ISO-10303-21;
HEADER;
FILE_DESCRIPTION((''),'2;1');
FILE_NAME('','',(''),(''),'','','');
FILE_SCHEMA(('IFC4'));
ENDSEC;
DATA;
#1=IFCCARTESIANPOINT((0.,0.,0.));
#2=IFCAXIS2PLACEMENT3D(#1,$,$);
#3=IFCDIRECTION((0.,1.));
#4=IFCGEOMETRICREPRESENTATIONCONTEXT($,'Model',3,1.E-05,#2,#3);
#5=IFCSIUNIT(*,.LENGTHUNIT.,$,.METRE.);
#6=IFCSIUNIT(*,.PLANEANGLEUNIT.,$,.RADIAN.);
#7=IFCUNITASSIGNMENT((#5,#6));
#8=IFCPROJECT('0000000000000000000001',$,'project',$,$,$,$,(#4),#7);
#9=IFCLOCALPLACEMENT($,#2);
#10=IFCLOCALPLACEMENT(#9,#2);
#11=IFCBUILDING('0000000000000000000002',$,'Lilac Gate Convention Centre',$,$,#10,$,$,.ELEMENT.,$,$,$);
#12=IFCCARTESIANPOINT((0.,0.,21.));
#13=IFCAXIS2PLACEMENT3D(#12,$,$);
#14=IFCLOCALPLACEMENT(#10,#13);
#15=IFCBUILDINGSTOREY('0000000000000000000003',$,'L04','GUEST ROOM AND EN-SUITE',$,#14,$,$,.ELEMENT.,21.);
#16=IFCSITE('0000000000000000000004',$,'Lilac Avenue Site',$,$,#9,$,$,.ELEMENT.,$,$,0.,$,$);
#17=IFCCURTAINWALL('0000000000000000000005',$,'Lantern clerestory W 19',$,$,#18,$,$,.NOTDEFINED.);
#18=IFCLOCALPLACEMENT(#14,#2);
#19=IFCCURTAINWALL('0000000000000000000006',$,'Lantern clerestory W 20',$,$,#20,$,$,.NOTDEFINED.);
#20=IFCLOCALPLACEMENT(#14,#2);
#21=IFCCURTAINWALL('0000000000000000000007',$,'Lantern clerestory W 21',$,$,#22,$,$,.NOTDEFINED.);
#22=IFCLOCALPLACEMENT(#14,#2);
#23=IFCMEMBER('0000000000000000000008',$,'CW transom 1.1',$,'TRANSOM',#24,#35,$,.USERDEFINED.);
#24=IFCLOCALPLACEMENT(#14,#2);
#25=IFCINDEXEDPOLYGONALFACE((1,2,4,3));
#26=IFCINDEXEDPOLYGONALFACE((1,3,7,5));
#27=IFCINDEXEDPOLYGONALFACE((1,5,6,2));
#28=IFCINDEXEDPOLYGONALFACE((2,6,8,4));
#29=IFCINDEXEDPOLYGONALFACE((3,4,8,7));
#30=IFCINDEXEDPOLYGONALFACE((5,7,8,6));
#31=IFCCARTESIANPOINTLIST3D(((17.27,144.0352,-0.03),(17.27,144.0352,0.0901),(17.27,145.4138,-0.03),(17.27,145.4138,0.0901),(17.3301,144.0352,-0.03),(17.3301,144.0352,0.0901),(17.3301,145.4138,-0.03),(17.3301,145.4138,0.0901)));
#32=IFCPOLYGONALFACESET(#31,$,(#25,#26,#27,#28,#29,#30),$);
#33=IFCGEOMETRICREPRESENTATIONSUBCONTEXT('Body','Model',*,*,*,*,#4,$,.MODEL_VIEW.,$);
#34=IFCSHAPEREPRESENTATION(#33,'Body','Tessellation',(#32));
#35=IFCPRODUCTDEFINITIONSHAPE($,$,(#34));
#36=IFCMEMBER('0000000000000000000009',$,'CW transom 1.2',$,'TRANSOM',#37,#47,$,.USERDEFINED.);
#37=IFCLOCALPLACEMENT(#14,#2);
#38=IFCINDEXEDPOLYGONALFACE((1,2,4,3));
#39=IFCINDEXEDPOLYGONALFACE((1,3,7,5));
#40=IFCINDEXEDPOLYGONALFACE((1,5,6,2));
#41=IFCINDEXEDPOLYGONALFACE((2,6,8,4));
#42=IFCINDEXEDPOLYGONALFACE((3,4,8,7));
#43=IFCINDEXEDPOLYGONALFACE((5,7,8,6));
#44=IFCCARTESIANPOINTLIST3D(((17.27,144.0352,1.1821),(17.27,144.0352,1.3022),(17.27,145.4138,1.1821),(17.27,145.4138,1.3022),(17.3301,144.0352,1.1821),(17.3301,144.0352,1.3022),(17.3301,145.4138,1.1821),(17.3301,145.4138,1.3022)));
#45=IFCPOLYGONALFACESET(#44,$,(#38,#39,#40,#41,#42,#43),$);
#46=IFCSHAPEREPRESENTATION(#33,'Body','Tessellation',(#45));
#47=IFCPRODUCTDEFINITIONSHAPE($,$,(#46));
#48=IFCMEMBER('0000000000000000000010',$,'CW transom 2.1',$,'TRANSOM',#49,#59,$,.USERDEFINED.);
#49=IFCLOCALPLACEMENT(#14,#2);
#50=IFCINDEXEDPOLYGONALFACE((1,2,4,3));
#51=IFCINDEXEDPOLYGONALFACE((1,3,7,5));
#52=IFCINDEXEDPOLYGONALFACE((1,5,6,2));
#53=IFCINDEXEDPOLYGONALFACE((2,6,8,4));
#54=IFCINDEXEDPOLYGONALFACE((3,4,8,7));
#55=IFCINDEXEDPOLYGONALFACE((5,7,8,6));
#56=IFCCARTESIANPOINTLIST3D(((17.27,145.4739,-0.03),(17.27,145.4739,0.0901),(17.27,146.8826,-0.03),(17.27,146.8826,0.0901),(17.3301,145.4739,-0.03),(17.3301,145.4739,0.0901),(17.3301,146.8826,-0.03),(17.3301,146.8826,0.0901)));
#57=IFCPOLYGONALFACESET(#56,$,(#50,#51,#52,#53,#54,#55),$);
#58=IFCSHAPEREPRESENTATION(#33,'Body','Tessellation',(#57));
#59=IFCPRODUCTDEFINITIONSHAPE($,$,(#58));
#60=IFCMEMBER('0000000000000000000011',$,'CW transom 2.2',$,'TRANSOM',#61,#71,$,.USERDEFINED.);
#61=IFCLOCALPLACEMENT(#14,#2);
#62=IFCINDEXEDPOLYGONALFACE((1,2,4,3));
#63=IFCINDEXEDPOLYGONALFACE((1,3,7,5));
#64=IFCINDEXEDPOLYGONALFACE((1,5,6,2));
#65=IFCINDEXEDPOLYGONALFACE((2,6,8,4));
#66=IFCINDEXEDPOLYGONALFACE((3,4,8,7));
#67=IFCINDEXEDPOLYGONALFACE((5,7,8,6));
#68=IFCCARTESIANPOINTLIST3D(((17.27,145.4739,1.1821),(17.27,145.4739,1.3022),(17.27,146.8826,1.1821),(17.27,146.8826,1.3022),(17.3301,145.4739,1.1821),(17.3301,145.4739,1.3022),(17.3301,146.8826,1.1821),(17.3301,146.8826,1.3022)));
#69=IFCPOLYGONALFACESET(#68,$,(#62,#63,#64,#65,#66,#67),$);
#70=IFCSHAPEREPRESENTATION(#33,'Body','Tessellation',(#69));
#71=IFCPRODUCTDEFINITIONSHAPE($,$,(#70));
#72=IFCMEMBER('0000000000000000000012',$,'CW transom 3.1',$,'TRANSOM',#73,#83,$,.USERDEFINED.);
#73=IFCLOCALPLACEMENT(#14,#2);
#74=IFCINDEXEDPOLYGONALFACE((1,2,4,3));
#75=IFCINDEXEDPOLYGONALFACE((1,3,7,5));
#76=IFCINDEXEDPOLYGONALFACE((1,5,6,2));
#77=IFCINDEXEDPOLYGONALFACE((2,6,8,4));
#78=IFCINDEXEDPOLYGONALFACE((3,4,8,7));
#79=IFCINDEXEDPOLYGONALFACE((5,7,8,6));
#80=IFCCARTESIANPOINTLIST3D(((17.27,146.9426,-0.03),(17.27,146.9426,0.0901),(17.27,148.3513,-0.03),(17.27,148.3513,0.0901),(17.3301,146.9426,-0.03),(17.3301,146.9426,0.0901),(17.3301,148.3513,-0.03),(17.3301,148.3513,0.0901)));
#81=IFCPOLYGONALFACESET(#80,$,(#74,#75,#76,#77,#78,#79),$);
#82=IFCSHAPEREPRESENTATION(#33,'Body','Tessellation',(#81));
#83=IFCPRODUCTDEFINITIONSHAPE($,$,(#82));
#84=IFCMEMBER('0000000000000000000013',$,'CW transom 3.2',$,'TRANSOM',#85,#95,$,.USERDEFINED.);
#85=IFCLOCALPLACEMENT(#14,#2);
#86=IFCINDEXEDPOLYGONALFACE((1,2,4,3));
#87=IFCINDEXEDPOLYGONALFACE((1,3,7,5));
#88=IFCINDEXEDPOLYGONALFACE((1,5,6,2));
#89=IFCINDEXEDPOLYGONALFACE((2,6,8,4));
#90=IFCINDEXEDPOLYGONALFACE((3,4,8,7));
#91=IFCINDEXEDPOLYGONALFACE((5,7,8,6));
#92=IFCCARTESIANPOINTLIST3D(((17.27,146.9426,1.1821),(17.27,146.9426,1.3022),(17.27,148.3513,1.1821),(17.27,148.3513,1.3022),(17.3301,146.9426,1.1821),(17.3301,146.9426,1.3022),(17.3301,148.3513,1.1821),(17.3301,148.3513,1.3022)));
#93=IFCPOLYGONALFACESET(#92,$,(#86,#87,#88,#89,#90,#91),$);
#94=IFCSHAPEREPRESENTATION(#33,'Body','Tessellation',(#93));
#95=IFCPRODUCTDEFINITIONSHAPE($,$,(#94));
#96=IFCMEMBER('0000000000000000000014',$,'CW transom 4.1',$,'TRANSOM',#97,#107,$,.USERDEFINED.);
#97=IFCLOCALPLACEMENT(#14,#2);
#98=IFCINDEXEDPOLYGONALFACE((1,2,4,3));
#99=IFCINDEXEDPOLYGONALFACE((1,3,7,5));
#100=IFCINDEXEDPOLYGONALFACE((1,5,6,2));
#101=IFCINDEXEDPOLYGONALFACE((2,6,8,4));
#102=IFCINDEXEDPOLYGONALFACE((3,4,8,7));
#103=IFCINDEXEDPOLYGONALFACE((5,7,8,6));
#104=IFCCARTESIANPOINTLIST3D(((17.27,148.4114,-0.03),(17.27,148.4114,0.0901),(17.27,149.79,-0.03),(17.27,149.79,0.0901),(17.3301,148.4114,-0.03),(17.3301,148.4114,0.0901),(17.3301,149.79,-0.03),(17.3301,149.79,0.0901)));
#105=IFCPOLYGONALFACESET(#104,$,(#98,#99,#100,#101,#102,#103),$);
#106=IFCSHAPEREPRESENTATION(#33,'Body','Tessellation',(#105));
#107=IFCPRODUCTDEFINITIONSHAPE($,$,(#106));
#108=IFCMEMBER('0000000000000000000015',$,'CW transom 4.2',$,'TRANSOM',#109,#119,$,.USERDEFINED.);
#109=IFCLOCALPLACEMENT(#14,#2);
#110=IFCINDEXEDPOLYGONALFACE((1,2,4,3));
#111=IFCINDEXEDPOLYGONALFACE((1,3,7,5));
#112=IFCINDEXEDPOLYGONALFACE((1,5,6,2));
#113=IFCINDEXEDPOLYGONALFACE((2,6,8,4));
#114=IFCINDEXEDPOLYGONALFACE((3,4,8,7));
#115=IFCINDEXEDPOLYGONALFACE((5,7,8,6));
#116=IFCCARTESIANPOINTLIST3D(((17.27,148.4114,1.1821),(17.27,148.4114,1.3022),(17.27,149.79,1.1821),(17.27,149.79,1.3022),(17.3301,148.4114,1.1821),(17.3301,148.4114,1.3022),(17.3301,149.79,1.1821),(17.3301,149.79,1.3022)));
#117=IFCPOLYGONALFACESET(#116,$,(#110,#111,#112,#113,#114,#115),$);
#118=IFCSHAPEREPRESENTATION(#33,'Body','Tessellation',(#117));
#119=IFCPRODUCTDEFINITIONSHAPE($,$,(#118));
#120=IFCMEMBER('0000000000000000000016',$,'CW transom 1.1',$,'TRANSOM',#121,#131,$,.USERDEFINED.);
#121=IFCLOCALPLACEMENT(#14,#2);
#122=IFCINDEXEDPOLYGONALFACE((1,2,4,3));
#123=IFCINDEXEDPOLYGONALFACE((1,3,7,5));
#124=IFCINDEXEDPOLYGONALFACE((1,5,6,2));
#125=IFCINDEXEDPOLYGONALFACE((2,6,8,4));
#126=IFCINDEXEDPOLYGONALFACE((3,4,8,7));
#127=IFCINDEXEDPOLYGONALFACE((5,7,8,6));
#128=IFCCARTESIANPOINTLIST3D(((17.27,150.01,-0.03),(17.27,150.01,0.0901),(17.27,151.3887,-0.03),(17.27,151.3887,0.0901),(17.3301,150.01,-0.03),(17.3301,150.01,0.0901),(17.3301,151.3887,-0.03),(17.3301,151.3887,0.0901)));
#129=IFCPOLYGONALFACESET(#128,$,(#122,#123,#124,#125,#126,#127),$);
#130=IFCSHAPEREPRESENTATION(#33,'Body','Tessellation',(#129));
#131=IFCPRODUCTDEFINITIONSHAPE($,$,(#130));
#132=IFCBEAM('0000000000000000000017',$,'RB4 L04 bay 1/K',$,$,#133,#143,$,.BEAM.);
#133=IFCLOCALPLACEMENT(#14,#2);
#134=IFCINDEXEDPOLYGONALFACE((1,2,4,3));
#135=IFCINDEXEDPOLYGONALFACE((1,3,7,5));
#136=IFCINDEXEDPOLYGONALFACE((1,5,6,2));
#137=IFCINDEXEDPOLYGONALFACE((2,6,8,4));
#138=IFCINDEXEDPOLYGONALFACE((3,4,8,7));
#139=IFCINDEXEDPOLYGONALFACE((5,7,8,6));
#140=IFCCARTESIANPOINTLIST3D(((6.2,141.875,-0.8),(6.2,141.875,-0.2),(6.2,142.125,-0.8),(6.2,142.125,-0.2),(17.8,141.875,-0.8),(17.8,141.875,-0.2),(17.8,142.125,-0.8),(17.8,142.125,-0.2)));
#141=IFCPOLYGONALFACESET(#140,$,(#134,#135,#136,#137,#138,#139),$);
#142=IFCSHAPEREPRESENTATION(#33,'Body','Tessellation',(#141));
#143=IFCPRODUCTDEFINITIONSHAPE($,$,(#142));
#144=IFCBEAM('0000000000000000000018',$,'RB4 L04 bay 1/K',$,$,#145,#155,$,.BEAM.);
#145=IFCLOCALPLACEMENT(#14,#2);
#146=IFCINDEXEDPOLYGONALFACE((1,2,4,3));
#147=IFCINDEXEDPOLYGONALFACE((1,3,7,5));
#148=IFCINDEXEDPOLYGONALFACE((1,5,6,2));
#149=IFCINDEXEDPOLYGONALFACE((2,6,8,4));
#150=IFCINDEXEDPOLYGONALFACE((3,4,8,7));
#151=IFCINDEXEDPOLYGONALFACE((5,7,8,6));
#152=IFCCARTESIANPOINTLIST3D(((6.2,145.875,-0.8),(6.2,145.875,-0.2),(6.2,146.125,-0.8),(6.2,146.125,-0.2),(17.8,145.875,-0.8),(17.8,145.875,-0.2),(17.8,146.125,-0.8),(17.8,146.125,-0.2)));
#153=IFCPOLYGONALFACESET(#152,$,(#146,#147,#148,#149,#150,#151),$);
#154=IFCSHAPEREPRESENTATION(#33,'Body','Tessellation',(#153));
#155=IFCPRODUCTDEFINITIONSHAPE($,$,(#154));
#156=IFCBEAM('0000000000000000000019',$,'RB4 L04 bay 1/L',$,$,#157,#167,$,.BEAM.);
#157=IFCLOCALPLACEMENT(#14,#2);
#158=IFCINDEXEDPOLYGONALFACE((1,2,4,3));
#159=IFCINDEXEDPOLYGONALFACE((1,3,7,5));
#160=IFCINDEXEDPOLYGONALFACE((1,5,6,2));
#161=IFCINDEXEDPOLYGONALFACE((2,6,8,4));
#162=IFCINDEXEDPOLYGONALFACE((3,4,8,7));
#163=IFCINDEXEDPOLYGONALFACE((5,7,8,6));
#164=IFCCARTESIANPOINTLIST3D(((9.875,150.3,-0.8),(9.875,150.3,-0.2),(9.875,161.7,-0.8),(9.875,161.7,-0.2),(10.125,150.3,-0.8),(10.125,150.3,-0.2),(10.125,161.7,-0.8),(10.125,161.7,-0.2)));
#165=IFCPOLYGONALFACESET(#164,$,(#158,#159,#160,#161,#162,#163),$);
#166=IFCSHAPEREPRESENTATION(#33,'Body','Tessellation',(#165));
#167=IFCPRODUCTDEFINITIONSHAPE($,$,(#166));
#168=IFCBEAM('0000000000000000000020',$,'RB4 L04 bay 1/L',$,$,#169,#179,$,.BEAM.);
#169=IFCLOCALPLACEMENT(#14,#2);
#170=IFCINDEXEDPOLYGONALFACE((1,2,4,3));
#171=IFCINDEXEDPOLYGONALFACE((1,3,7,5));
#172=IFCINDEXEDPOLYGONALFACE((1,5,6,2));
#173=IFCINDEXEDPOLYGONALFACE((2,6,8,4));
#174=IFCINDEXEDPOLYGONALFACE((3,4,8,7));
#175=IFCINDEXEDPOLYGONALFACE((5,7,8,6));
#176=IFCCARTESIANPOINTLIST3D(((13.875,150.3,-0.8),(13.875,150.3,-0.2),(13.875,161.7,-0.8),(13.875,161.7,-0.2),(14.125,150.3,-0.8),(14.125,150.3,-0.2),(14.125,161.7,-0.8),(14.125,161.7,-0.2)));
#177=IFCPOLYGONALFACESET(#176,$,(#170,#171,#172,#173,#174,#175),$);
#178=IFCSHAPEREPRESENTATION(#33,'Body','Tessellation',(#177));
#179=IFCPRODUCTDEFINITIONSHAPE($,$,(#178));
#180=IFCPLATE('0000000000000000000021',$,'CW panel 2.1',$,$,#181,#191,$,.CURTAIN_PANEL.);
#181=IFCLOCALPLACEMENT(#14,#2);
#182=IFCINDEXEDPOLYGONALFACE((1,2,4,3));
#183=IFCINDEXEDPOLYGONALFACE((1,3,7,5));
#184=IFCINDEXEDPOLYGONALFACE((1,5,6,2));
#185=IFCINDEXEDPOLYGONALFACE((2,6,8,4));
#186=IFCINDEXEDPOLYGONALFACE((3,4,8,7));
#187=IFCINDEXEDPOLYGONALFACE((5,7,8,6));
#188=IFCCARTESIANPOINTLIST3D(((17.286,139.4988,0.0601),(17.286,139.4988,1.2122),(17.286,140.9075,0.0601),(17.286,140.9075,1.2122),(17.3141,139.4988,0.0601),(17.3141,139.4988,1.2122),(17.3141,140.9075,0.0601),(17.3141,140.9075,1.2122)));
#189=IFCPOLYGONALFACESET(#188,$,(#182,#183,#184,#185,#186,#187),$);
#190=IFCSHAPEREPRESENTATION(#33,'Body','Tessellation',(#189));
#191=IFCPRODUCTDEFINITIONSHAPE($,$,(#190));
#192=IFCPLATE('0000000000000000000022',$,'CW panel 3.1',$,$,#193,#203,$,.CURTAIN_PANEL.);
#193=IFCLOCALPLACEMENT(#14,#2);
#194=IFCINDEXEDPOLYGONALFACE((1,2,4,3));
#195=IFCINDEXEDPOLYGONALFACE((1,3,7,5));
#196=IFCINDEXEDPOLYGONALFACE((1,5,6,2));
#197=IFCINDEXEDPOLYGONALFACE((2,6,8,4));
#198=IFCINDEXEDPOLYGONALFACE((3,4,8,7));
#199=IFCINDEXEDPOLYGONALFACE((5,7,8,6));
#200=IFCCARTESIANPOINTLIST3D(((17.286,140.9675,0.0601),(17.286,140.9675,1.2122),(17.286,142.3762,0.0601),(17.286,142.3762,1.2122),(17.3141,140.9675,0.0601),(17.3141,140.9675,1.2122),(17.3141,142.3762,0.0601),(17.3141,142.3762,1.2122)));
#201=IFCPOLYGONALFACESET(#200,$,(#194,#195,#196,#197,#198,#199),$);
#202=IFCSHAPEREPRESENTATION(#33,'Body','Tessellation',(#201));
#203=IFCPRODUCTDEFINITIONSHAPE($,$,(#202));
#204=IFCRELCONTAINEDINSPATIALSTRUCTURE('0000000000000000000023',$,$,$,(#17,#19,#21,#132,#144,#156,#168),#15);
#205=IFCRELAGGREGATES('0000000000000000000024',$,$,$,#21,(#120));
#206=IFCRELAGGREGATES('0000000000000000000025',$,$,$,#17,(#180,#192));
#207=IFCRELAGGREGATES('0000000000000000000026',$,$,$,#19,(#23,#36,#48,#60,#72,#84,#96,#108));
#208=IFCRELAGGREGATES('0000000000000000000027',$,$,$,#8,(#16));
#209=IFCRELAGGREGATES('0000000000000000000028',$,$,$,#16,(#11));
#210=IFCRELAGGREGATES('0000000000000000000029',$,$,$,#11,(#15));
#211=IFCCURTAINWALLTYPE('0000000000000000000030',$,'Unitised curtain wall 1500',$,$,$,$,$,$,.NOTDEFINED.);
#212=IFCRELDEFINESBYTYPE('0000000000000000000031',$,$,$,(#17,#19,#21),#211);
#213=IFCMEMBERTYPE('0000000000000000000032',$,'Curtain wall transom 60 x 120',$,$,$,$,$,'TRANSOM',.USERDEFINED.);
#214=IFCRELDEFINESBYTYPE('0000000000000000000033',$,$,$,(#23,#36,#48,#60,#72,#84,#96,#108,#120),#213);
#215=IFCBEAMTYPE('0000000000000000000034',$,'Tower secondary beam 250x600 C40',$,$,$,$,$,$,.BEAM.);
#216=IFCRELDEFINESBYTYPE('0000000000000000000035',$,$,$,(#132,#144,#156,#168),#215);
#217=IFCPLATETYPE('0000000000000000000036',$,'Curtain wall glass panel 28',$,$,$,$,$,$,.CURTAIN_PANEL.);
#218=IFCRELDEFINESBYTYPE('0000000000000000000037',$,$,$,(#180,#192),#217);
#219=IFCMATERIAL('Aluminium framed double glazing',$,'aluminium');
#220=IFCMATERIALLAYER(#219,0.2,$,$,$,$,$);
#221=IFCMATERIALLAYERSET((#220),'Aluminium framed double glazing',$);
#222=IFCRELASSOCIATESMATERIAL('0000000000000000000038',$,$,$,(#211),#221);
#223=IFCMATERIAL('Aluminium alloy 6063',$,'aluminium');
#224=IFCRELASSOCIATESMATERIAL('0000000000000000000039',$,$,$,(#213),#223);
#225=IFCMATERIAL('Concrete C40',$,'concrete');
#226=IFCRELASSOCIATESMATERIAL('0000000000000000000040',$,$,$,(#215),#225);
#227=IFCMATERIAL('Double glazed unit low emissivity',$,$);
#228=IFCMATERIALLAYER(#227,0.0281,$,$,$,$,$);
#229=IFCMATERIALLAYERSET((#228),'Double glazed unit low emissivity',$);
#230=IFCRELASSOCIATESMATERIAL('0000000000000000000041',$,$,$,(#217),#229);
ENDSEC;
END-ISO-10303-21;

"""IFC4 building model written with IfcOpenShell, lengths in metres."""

from ifc_helpers import new_model, si_unit, direction, frame, origin, origin_2d, place, context, subcontext, project, spatial, rectangle, extrude, material, layer, layer_set, material_profile, profile_set, type_object, element, aggregate, save


model = new_model("IFC4")

# Units and contexts
model_context = context("Model", 3, precision=1e-05, world=origin(), true_north=direction((0.0, 1.0)))
body_context = subcontext(model_context, "Body", "Model", "MODEL_VIEW")
ifc_project = project(units=[si_unit("LENGTHUNIT", "METRE"), si_unit("PLANEANGLEUNIT", "RADIAN")], contexts=[model_context])

# Site, building, storey
site_placement = place(None, origin())
site = spatial("IfcSite", under=ifc_project, at=site_placement, Name="Lilac Avenue Site", CompositionType="ELEMENT", RefElevation=0.0)
building_placement = place(site_placement, origin())
building = spatial("IfcBuilding", under=site, at=building_placement, Name="Lilac Gate Convention Centre", CompositionType="ELEMENT")
storey_placement = place(building_placement, frame((0.0, 0.0, 21.0)))
storey = spatial("IfcBuildingStorey", under=building, at=storey_placement, Name="L04", Description="GUEST ROOM AND EN-SUITE", CompositionType="ELEMENT", Elevation=21.0)

# Curtain walls
ifc_material_1 = material(Name="Aluminium framed double glazing", Category="aluminium")
ifc_layer_1 = layer(ifc_material_1, 0.2)
ifc_layer_set_1 = layer_set([ifc_layer_1], Name="Aluminium framed double glazing")
curtain_wall_type = type_object("IfcCurtainWallType", Name="Unitised curtain wall 1500", PredefinedType="NOTDEFINED", material=ifc_layer_set_1)
curtain_wall_1_placement = place(storey_placement, origin())
curtain_wall_1 = element("IfcCurtainWall", 1, at=curtain_wall_1_placement, inside=storey, type_object=curtain_wall_type, Name="Lantern clerestory W 19", PredefinedType="NOTDEFINED")
ifc_material_2 = material(Name="Aluminium alloy 6063", Category="aluminium")
curtain_wall_2_placement = place(storey_placement, origin())
curtain_wall_2 = element("IfcCurtainWall", 2, at=curtain_wall_2_placement, inside=storey, type_object=curtain_wall_type, Name="Lantern clerestory W 20", PredefinedType="NOTDEFINED")

# Curtain wall
curtain_wall_3_placement = place(storey_placement, origin())
curtain_wall_3 = element("IfcCurtainWall", 3, at=curtain_wall_3_placement, inside=storey, type_object=curtain_wall_type, Name="Lantern clerestory W 21", PredefinedType="NOTDEFINED")

# Members
ifc_material_profile_1 = material_profile(ifc_material_2, rectangle(XDim=0.0601, YDim=0.1201, at=origin_2d()), Name="Curtain wall transom 60 x 120")
ifc_profile_set_1 = profile_set([ifc_material_profile_1], Name="Aluminium alloy 6063")
member_type_1 = type_object("IfcMemberType", Name="Curtain wall transom 60 x 120", ElementType="TRANSOM", PredefinedType="USERDEFINED", material=ifc_profile_set_1)
member_1_placement = place(storey_placement, frame((17.3, 144.0352, 0.03), z_axis=(0.0, 1.0, 0.0), x_axis=(-1.0, 0.0, 0.0)))
member_1 = element("IfcMember", 4, at=member_1_placement, type_object=member_type_1, Name="CW transom 1.1", ObjectType="TRANSOM", PredefinedType="USERDEFINED", context=body_context, shape_type="SweptSolid", body=[
    extrude(rectangle(XDim=0.0601, YDim=0.1201, at=origin_2d()), origin(), (0.0, 0.0, 1.0), 1.3787),
])
member_2_placement = place(storey_placement, frame((17.3, 144.0352, 1.2422), z_axis=(0.0, 1.0, 0.0), x_axis=(-1.0, 0.0, 0.0)))
member_2 = element("IfcMember", 5, at=member_2_placement, type_object=member_type_1, Name="CW transom 1.2", ObjectType="TRANSOM", PredefinedType="USERDEFINED", context=body_context, shape_type="SweptSolid", body=[
    extrude(rectangle(XDim=0.0601, YDim=0.1201, at=origin_2d()), origin(), (0.0, 0.0, 1.0), 1.3787),
])
member_3_placement = place(storey_placement, frame((17.3, 145.4739, 0.03), z_axis=(0.0, 1.0, 0.0), x_axis=(-1.0, 0.0, 0.0)))
member_3 = element("IfcMember", 6, at=member_3_placement, type_object=member_type_1, Name="CW transom 2.1", ObjectType="TRANSOM", PredefinedType="USERDEFINED", context=body_context, shape_type="SweptSolid", body=[
    extrude(rectangle(XDim=0.0601, YDim=0.1201, at=origin_2d()), origin(), (0.0, 0.0, 1.0), 1.4087),
])
member_4_placement = place(storey_placement, frame((17.3, 145.4739, 1.2422), z_axis=(0.0, 1.0, 0.0), x_axis=(-1.0, 0.0, 0.0)))
member_4 = element("IfcMember", 7, at=member_4_placement, type_object=member_type_1, Name="CW transom 2.2", ObjectType="TRANSOM", PredefinedType="USERDEFINED", context=body_context, shape_type="SweptSolid", body=[
    extrude(rectangle(XDim=0.0601, YDim=0.1201, at=origin_2d()), origin(), (0.0, 0.0, 1.0), 1.4087),
])
member_5_placement = place(storey_placement, frame((17.3, 146.9426, 0.03), z_axis=(0.0, 1.0, 0.0), x_axis=(-1.0, 0.0, 0.0)))
member_5 = element("IfcMember", 8, at=member_5_placement, type_object=member_type_1, Name="CW transom 3.1", ObjectType="TRANSOM", PredefinedType="USERDEFINED", context=body_context, shape_type="SweptSolid", body=[
    extrude(rectangle(XDim=0.0601, YDim=0.1201, at=origin_2d()), origin(), (0.0, 0.0, 1.0), 1.4087),
])
member_6_placement = place(storey_placement, frame((17.3, 146.9426, 1.2422), z_axis=(0.0, 1.0, 0.0), x_axis=(-1.0, 0.0, 0.0)))
member_6 = element("IfcMember", 9, at=member_6_placement, type_object=member_type_1, Name="CW transom 3.2", ObjectType="TRANSOM", PredefinedType="USERDEFINED", context=body_context, shape_type="SweptSolid", body=[
    extrude(rectangle(XDim=0.0601, YDim=0.1201, at=origin_2d()), origin(), (0.0, 0.0, 1.0), 1.4087),
])
member_7_placement = place(storey_placement, frame((17.3, 148.4114, 0.03), z_axis=(0.0, 1.0, 0.0), x_axis=(-1.0, 0.0, 0.0)))
member_7 = element("IfcMember", 10, at=member_7_placement, type_object=member_type_1, Name="CW transom 4.1", ObjectType="TRANSOM", PredefinedType="USERDEFINED", context=body_context, shape_type="SweptSolid", body=[
    extrude(rectangle(XDim=0.0601, YDim=0.1201, at=origin_2d()), origin(), (0.0, 0.0, 1.0), 1.3787),
])
member_8_placement = place(storey_placement, frame((17.3, 148.4114, 1.2422), z_axis=(0.0, 1.0, 0.0), x_axis=(-1.0, 0.0, 0.0)))
member_8 = element("IfcMember", 11, at=member_8_placement, type_object=member_type_1, Name="CW transom 4.2", ObjectType="TRANSOM", PredefinedType="USERDEFINED", context=body_context, shape_type="SweptSolid", body=[
    extrude(rectangle(XDim=0.0601, YDim=0.1201, at=origin_2d()), origin(), (0.0, 0.0, 1.0), 1.3787),
])
member_9_placement = place(storey_placement, frame((17.3, 150.01, 0.03), z_axis=(0.0, 1.0, 0.0), x_axis=(-1.0, 0.0, 0.0)))
member_9 = element("IfcMember", 12, at=member_9_placement, type_object=member_type_1, Name="CW transom 1.1", ObjectType="TRANSOM", PredefinedType="USERDEFINED", context=body_context, shape_type="SweptSolid", body=[
    extrude(rectangle(XDim=0.0601, YDim=0.1201, at=origin_2d()), origin(), (0.0, 0.0, 1.0), 1.3787),
])
aggregate(curtain_wall_3, [member_9])

# Beams
ifc_material_3 = material(Name="Concrete C40", Category="concrete")
ifc_material_profile_2 = material_profile(ifc_material_3, rectangle(XDim=0.25, YDim=0.6001, at=origin_2d()), Name="RC 250x600")
ifc_profile_set_2 = profile_set([ifc_material_profile_2], Name="Concrete C40")
beam_type = type_object("IfcBeamType", Name="Tower secondary beam 250x600 C40", PredefinedType="BEAM", material=ifc_profile_set_2)
for number, where, z_axis, x_axis, name in (
    (13, (6.2, 142.0, -0.5), (1.0, 0.0, 0.0), (0.0, 1.0, 0.0), "RB4 L04 bay 1/K"),
    (14, (6.2, 146.0, -0.5), (1.0, 0.0, 0.0), (0.0, 1.0, 0.0), "RB4 L04 bay 1/K"),
):
    element("IfcBeam", number, at=place(storey_placement, frame(where, z_axis=z_axis, x_axis=x_axis)), inside=storey, type_object=beam_type, Name=name, PredefinedType="BEAM", context=body_context, shape_type="SweptSolid", body=[
        extrude(rectangle(XDim=0.25, YDim=0.6001, at=origin_2d()), origin(), (0.0, 0.0, 1.0), 11.6001),
    ])
for number, where, z_axis, x_axis, name in (
    (15, (10.0, 150.3, -0.5), (0.0, 1.0, 0.0), (-1.0, 0.0, 0.0), "RB4 L04 bay 1/L"),
    (16, (14.0, 150.3, -0.5), (0.0, 1.0, 0.0), (-1.0, 0.0, 0.0), "RB4 L04 bay 1/L"),
):
    element("IfcBeam", number, at=place(storey_placement, frame(where, z_axis=z_axis, x_axis=x_axis)), inside=storey, type_object=beam_type, Name=name, PredefinedType="BEAM", context=body_context, shape_type="SweptSolid", body=[
        extrude(rectangle(XDim=0.25, YDim=0.6001, at=origin_2d()), origin(), (0.0, 0.0, 1.0), 11.3999),
    ])

# Plates
ifc_material_4 = material(Name="Double glazed unit low emissivity")
ifc_layer_2 = layer(ifc_material_4, 0.0281)
ifc_layer_set_2 = layer_set([ifc_layer_2], Name="Double glazed unit low emissivity")
plate_type = type_object("IfcPlateType", Name="Curtain wall glass panel 28", PredefinedType="CURTAIN_PANEL", material=ifc_layer_set_2)
plate_1_placement = place(storey_placement, frame((17.3, 140.2031, 0.0601), z_axis=(0.0, 0.0, 1.0), x_axis=(0.0, 1.0, 0.0)))
plate_1 = element("IfcPlate", 17, at=plate_1_placement, type_object=plate_type, Name="CW panel 2.1", PredefinedType="CURTAIN_PANEL", context=body_context, shape_type="SweptSolid", body=[
    extrude(rectangle(XDim=1.4087, YDim=0.0281, at=origin_2d()), origin(), (0.0, 0.0, 1.0), 1.1521),
])
plate_2_placement = place(storey_placement, frame((17.3, 141.6719, 0.0601), z_axis=(0.0, 0.0, 1.0), x_axis=(0.0, 1.0, 0.0)))
plate_2 = element("IfcPlate", 18, at=plate_2_placement, type_object=plate_type, Name="CW panel 3.1", PredefinedType="CURTAIN_PANEL", context=body_context, shape_type="SweptSolid", body=[
    extrude(rectangle(XDim=1.4087, YDim=0.0281, at=origin_2d()), origin(), (0.0, 0.0, 1.0), 1.1521),
])
aggregate(curtain_wall_1, [plate_1, plate_2])
aggregate(curtain_wall_2, [member_1, member_2, member_3, member_4, member_5, member_6, member_7, member_8])

save(model, "model.ifc")
